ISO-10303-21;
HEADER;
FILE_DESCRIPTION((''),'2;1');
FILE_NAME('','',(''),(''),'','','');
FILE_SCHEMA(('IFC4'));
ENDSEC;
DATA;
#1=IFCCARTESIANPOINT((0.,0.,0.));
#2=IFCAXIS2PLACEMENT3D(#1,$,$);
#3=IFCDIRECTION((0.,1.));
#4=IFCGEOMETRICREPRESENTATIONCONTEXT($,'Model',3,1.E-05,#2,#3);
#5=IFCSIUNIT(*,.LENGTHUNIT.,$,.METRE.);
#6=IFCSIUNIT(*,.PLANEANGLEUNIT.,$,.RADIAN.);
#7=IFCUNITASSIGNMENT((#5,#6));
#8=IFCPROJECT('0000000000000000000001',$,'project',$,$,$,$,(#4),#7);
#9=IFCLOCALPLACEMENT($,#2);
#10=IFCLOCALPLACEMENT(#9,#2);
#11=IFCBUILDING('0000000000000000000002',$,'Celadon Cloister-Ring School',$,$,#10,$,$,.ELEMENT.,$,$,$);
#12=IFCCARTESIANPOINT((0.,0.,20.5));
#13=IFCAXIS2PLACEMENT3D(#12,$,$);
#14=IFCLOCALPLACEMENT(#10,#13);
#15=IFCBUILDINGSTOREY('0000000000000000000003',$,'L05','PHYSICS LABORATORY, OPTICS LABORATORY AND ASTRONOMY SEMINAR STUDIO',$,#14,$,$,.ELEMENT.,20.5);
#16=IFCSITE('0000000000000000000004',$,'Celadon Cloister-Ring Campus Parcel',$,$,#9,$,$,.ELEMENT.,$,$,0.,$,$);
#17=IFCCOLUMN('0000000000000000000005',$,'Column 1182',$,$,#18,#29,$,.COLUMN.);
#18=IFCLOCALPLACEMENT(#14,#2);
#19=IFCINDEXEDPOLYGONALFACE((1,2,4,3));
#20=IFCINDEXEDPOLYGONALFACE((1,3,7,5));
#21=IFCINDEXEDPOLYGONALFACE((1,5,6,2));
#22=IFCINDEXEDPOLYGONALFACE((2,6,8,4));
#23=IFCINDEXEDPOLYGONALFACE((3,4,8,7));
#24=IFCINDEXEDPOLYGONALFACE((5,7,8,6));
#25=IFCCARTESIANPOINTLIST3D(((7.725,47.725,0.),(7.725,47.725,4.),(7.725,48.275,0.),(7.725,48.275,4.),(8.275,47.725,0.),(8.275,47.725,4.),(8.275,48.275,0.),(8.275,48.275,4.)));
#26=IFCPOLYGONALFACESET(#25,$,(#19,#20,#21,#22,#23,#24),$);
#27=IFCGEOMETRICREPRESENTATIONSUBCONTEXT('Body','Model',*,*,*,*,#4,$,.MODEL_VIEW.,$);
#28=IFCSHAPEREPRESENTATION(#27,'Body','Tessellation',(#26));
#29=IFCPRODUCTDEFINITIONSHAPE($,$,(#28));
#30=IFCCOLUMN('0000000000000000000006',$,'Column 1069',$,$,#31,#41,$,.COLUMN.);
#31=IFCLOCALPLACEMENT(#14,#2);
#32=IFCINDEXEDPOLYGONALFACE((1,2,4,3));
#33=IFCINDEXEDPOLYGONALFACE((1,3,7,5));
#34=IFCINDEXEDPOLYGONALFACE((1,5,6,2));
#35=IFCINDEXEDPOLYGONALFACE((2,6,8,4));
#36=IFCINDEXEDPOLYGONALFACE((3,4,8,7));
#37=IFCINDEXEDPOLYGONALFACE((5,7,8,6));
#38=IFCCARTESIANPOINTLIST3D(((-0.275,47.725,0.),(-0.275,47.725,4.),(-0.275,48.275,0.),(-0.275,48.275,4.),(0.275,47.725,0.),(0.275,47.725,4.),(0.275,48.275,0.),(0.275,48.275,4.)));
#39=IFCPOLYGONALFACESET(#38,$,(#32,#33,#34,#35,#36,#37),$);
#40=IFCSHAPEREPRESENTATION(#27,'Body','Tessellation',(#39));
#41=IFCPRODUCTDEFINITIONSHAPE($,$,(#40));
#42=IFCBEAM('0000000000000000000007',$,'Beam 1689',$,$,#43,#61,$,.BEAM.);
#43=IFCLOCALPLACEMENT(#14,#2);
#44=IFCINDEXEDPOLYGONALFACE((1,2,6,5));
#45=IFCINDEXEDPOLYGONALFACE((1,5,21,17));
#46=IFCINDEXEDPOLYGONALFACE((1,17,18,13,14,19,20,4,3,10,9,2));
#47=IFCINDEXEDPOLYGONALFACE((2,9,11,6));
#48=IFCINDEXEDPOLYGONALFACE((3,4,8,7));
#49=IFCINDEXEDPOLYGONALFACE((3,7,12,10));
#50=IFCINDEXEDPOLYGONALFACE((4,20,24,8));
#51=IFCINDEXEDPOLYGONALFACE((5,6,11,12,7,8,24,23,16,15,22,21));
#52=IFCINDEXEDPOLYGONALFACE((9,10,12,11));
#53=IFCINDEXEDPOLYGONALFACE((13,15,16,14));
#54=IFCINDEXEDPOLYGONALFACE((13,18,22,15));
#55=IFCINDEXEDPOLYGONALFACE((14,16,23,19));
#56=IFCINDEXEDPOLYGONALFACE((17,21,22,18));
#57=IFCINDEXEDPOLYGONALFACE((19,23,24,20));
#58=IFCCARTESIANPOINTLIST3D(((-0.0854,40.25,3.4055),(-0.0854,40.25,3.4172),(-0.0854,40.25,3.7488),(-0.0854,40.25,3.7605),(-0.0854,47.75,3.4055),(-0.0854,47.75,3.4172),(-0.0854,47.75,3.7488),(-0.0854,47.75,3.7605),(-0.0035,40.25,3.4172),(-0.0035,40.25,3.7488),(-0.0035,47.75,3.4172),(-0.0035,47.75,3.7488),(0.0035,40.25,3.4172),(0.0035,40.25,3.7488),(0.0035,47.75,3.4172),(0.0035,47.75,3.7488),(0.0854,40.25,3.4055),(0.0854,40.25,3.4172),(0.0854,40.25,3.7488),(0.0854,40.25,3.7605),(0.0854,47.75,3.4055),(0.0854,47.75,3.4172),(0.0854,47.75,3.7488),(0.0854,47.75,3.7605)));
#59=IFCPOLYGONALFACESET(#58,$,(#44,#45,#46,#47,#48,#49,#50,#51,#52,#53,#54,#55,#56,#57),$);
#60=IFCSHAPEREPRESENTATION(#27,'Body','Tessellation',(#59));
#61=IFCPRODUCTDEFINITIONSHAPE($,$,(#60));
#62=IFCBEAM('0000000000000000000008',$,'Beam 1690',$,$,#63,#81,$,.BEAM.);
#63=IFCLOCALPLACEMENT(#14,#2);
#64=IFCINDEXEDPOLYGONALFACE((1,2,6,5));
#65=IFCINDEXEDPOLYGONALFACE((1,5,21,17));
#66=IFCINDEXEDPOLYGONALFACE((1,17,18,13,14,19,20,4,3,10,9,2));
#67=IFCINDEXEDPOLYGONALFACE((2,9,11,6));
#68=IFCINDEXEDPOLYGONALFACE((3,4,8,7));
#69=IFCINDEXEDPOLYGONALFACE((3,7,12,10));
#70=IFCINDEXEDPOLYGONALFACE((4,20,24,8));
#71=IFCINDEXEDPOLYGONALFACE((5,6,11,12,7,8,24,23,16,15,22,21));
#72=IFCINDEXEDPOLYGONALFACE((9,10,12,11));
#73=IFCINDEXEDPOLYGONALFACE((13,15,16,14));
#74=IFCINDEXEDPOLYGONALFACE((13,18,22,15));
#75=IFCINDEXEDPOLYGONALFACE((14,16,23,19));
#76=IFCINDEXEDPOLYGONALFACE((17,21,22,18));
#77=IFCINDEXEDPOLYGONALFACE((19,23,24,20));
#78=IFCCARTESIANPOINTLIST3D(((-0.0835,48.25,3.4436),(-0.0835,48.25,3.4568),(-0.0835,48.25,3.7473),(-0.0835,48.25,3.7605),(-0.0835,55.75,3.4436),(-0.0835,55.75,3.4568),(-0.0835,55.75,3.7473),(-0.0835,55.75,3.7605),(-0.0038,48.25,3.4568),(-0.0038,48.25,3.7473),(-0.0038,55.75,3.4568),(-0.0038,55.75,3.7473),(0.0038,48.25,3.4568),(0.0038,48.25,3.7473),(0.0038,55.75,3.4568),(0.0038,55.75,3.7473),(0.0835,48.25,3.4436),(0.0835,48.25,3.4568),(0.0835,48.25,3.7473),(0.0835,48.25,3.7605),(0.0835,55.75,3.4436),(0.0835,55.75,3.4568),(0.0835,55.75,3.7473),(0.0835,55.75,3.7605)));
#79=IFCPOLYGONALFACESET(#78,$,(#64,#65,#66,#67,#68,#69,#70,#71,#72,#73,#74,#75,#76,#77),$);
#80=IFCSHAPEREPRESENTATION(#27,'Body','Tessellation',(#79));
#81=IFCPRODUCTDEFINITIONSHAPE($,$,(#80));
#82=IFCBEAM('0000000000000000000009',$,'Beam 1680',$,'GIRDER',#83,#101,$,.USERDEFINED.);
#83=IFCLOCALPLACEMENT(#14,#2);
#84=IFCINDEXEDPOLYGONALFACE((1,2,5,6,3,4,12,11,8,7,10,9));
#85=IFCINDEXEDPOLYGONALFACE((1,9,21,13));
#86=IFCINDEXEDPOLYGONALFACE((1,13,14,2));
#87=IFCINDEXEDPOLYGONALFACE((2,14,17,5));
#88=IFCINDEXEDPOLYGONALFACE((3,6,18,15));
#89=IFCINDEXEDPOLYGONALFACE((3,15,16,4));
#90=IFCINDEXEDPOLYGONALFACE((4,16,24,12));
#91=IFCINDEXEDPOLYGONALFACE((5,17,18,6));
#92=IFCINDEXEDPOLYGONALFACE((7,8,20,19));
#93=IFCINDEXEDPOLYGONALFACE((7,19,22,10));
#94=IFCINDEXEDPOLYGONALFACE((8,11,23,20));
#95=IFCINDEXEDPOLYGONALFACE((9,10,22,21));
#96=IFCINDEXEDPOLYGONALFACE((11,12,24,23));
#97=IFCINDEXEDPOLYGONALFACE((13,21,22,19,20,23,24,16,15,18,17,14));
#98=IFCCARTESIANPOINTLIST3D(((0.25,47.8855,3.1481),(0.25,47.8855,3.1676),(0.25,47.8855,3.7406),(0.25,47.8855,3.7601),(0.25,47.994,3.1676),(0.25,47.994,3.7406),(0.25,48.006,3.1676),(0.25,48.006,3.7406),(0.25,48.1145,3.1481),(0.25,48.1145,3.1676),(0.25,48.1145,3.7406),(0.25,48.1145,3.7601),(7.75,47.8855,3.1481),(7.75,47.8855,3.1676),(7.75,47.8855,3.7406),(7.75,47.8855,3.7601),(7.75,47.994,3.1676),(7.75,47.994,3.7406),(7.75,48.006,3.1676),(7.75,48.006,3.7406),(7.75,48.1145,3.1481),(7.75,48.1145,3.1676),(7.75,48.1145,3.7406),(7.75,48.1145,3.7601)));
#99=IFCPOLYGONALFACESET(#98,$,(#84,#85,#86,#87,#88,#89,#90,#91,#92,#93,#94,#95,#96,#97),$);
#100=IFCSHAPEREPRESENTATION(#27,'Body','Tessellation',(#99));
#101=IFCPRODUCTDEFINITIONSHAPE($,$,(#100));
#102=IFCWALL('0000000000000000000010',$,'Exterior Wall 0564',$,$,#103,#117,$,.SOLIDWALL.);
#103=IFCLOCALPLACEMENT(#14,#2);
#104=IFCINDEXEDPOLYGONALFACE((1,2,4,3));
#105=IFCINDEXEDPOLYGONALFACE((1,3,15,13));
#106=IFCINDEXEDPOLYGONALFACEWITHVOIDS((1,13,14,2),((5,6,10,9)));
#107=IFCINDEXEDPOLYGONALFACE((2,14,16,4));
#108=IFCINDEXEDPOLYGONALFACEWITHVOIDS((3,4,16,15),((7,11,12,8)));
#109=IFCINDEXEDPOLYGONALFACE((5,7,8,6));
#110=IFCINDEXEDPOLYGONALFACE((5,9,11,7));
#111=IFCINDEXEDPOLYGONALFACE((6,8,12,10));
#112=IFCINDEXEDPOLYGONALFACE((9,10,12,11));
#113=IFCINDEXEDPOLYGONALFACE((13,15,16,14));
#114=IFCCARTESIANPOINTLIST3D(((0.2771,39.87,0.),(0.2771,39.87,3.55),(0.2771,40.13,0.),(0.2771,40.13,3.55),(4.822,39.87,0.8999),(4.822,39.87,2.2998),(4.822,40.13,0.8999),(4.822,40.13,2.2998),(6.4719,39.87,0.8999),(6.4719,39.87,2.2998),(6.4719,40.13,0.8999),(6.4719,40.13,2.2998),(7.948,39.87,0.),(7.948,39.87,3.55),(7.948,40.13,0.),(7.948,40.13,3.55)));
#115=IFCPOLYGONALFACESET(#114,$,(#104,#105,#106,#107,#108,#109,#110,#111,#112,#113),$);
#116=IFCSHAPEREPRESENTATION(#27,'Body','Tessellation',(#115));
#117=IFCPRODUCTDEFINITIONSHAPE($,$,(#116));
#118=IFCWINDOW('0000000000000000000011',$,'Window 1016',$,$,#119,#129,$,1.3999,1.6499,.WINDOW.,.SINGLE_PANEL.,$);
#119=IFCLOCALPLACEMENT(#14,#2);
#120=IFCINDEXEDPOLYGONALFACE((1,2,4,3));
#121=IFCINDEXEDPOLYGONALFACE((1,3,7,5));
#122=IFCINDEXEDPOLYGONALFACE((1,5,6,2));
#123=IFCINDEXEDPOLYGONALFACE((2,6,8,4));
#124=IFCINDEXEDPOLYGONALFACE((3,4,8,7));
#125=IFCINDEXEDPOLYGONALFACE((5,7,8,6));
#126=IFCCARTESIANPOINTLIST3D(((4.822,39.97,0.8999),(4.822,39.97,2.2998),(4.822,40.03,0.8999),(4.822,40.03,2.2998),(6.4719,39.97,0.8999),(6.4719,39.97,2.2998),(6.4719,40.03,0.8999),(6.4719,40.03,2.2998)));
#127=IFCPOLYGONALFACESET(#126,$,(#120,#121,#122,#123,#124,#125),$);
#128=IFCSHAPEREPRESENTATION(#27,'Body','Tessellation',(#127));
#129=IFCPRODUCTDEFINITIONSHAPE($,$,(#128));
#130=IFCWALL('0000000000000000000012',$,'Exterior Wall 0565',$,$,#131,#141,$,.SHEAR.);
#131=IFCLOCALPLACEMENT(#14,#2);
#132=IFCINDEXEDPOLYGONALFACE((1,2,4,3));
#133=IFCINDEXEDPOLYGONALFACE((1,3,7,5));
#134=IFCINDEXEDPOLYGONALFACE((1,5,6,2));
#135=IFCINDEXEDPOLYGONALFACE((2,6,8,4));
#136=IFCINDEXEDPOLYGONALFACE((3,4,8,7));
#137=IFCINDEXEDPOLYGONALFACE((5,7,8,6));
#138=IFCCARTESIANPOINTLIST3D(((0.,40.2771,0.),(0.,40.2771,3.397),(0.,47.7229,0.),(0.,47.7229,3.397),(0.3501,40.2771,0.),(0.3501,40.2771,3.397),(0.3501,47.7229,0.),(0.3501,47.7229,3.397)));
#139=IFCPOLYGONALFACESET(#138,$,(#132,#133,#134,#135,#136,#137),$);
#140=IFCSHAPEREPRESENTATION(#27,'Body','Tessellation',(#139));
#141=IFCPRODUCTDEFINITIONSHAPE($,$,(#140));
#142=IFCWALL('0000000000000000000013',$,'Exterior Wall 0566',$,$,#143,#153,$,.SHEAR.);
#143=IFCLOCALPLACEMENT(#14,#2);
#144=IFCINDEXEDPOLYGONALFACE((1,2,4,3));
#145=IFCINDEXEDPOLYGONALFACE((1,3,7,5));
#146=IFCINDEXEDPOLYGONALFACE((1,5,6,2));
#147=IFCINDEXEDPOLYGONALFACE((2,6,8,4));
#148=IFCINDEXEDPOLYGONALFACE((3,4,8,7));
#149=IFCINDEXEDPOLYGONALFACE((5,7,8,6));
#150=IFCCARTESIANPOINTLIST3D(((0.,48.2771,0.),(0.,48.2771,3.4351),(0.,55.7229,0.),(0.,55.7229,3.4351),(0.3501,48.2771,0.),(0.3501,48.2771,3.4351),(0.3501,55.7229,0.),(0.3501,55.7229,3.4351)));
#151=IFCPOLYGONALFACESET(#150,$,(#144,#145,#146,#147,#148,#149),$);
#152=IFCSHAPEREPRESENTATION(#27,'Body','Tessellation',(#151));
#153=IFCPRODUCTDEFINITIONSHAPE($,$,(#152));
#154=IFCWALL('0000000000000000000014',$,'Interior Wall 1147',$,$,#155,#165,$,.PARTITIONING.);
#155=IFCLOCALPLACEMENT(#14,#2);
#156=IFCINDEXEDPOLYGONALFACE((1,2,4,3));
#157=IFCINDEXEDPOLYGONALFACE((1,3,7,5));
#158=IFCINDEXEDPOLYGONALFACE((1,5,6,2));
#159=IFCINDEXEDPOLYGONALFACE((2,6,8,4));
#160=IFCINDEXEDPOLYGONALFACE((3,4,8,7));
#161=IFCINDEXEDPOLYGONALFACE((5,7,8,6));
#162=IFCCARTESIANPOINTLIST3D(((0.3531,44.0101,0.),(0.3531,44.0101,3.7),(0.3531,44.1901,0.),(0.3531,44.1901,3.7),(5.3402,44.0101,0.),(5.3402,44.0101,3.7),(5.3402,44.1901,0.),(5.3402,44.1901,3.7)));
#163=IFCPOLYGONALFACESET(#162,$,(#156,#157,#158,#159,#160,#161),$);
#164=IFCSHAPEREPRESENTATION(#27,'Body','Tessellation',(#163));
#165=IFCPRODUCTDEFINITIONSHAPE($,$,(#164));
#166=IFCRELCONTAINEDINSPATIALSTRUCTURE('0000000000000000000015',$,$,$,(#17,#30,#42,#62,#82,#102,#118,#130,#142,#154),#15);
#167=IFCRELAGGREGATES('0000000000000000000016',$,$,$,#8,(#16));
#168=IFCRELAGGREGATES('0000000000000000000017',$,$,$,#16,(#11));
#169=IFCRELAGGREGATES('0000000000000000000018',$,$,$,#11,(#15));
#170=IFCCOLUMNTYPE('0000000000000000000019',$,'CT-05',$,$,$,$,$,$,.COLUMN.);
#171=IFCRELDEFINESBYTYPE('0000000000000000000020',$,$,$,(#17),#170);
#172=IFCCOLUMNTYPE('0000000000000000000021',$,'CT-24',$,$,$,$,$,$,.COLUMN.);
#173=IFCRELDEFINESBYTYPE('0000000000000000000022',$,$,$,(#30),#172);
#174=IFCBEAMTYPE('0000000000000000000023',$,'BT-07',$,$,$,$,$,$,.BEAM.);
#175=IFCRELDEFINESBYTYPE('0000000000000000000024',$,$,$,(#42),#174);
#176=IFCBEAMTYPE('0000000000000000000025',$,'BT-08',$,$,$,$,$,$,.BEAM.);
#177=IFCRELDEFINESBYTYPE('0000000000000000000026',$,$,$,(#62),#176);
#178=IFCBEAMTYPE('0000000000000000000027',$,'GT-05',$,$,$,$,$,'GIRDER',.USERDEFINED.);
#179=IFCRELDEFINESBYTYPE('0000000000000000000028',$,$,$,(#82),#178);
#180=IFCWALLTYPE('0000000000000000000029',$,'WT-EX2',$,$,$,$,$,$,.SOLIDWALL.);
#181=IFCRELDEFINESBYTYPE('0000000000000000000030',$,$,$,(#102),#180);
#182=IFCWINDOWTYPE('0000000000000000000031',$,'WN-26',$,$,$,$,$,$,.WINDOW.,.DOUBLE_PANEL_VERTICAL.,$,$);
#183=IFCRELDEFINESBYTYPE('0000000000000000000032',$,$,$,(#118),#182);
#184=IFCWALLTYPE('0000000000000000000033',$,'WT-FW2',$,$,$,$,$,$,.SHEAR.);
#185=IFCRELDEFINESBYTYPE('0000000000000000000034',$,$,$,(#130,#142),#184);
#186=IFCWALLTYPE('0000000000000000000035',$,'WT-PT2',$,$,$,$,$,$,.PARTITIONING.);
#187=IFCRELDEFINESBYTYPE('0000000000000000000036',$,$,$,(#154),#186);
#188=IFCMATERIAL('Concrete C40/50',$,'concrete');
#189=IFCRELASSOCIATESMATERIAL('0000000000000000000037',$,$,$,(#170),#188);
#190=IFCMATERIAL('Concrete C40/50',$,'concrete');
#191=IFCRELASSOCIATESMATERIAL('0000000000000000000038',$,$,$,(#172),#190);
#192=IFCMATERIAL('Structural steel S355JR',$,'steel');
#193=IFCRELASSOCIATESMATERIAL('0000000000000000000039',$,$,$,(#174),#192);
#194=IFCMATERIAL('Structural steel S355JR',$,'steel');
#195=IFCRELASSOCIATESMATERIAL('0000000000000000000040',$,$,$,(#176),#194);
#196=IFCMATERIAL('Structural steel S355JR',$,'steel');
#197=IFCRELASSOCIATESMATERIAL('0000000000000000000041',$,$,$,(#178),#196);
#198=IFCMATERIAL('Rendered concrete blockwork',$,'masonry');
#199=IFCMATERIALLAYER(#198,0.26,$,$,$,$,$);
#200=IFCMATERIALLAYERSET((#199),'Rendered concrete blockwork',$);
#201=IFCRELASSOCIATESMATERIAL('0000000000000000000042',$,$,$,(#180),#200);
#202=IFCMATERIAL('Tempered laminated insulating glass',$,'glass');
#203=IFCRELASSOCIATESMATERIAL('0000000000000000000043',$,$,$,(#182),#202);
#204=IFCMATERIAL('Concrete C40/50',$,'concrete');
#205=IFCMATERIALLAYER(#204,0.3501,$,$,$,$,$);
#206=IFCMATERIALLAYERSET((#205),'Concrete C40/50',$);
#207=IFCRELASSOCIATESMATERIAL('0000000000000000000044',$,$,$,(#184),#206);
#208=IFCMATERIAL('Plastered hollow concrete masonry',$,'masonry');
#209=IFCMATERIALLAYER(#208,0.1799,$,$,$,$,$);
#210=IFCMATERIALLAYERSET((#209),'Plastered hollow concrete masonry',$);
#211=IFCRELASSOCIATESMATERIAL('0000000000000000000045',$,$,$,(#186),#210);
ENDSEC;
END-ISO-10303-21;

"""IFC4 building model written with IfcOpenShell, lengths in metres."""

from ifc_helpers import new_model, si_unit, direction, frame, frame_2d, origin, origin_2d, place, context, subcontext, project, spatial, rectangle, i_section, extrude, material, layer, layer_set, material_profile, profile_set, type_object, element, fill, save


model = new_model("IFC4")

# Units and contexts
model_context = context("Model", 3, precision=1e-05, world=origin(), true_north=direction((0.0, 1.0)))
body_context = subcontext(model_context, "Body", "Model", "MODEL_VIEW")
ifc_project = project(units=[si_unit("LENGTHUNIT", "METRE"), si_unit("PLANEANGLEUNIT", "RADIAN")], contexts=[model_context])

# Site, building, storey
site_placement = place(None, origin())
site = spatial("IfcSite", under=ifc_project, at=site_placement, Name="Celadon Cloister-Ring Campus Parcel", CompositionType="ELEMENT", RefElevation=0.0)
building_placement = place(site_placement, origin())
building = spatial("IfcBuilding", under=site, at=building_placement, Name="Celadon Cloister-Ring School", CompositionType="ELEMENT")
storey_placement = place(building_placement, frame((0.0, 0.0, 20.5)))
storey = spatial("IfcBuildingStorey", under=building, at=storey_placement, Name="L05", Description="PHYSICS LABORATORY, OPTICS LABORATORY AND ASTRONOMY SEMINAR STUDIO", CompositionType="ELEMENT", Elevation=20.5)

# Columns
ifc_material_1 = material(Name="Concrete C40/50", Category="concrete")
ifc_material_profile_1 = material_profile(ifc_material_1, rectangle(XDim=0.55, YDim=0.55, at=origin_2d()), Name="RC550X550")
ifc_profile_set_1 = profile_set([ifc_material_profile_1], Name="Concrete C40/50")
column_type_1 = type_object("IfcColumnType", Name="CT-05", PredefinedType="COLUMN", material=ifc_profile_set_1)
column_1_placement = place(storey_placement, frame((8.0, 48.0, 0.0), z_axis=(0.0, 0.0, 1.0), x_axis=(1.0, 0.0, 0.0)))
element("IfcColumn", 1, at=column_1_placement, inside=storey, type_object=column_type_1, Name="Column 1182", PredefinedType="COLUMN", context=body_context, shape_type="SweptSolid", body=[
    extrude(rectangle(XDim=0.55, YDim=0.55, at=origin_2d()), origin(), (0.0, 0.0, 1.0), 4.0),
])
ifc_material_2 = material(Name="Concrete C40/50", Category="concrete")
ifc_material_profile_2 = material_profile(ifc_material_2, rectangle(XDim=0.55, YDim=0.55, at=origin_2d()), Name="RC550X550")
ifc_profile_set_2 = profile_set([ifc_material_profile_2], Name="Concrete C40/50")
column_type_2 = type_object("IfcColumnType", Name="CT-24", PredefinedType="COLUMN", material=ifc_profile_set_2)
column_2_placement = place(storey_placement, frame((0.0, 48.0, 0.0), z_axis=(0.0, 0.0, 1.0), x_axis=(1.0, 0.0, 0.0)))
element("IfcColumn", 2, at=column_2_placement, inside=storey, type_object=column_type_2, Name="Column 1069", PredefinedType="COLUMN", context=body_context, shape_type="SweptSolid", body=[
    extrude(rectangle(XDim=0.55, YDim=0.55, at=origin_2d()), origin(), (0.0, 0.0, 1.0), 4.0),
])

# Beams
ifc_material_3 = material(Name="Structural steel S355JR", Category="steel")
ifc_material_profile_3 = material_profile(ifc_material_3, i_section(OverallWidth=0.1709, OverallDepth=0.355, WebThickness=0.0071, FlangeThickness=0.0117, at=origin_2d()), Name="W360X51")
ifc_profile_set_3 = profile_set([ifc_material_profile_3], Name="Structural steel S355JR")
beam_type_1 = type_object("IfcBeamType", Name="BT-07", PredefinedType="BEAM", material=ifc_profile_set_3)
beam_1_placement = place(storey_placement, frame((0.0, 40.25, 3.583), z_axis=(0.0, 1.0, 0.0), x_axis=(-1.0, 0.0, 0.0)))
element("IfcBeam", 3, at=beam_1_placement, inside=storey, type_object=beam_type_1, Name="Beam 1689", PredefinedType="BEAM", context=body_context, shape_type="SweptSolid", body=[
    extrude(i_section(OverallWidth=0.1709, OverallDepth=0.355, WebThickness=0.0071, FlangeThickness=0.0117, at=origin_2d()), origin(), (0.0, 0.0, 1.0), 7.5),
])
ifc_material_4 = material(Name="Structural steel S355JR", Category="steel")
ifc_material_profile_4 = material_profile(ifc_material_4, i_section(OverallWidth=0.167, OverallDepth=0.3169, WebThickness=0.0076, FlangeThickness=0.0132, at=origin_2d()), Name="W310X52")
ifc_profile_set_4 = profile_set([ifc_material_profile_4], Name="Structural steel S355JR")
beam_type_2 = type_object("IfcBeamType", Name="BT-08", PredefinedType="BEAM", material=ifc_profile_set_4)
beam_2_placement = place(storey_placement, frame((0.0, 48.25, 3.6021), z_axis=(0.0, 1.0, 0.0), x_axis=(-1.0, 0.0, 0.0)))
element("IfcBeam", 4, at=beam_2_placement, inside=storey, type_object=beam_type_2, Name="Beam 1690", PredefinedType="BEAM", context=body_context, shape_type="SweptSolid", body=[
    extrude(i_section(OverallWidth=0.167, OverallDepth=0.3169, WebThickness=0.0076, FlangeThickness=0.0132, at=origin_2d()), origin(), (0.0, 0.0, 1.0), 7.5),
])
ifc_material_5 = material(Name="Structural steel S355JR", Category="steel")
ifc_material_profile_5 = material_profile(ifc_material_5, i_section(OverallWidth=0.229, OverallDepth=0.6121, WebThickness=0.012, FlangeThickness=0.0195, at=origin_2d()), Name="W610X125")
ifc_profile_set_5 = profile_set([ifc_material_profile_5], Name="Structural steel S355JR")
beam_type_3 = type_object("IfcBeamType", Name="GT-05", ElementType="GIRDER", PredefinedType="USERDEFINED", material=ifc_profile_set_5)
beam_3_placement = place(storey_placement, frame((0.25, 48.0, 3.4541), z_axis=(1.0, 0.0, 0.0), x_axis=(0.0, 1.0, 0.0)))
element("IfcBeam", 5, at=beam_3_placement, inside=storey, type_object=beam_type_3, Name="Beam 1680", ObjectType="GIRDER", PredefinedType="USERDEFINED", context=body_context, shape_type="SweptSolid", body=[
    extrude(i_section(OverallWidth=0.229, OverallDepth=0.6121, WebThickness=0.012, FlangeThickness=0.0195, at=origin_2d()), origin(), (0.0, 0.0, 1.0), 7.5),
])

# Wall, opening, window
ifc_material_6 = material(Name="Rendered concrete blockwork", Category="masonry")
ifc_layer_1 = layer(ifc_material_6, 0.26)
ifc_layer_set_1 = layer_set([ifc_layer_1], Name="Rendered concrete blockwork")
wall_type_1 = type_object("IfcWallType", Name="WT-EX2", PredefinedType="SOLIDWALL", material=ifc_layer_set_1)
wall_1_placement = place(storey_placement, frame((7.948, 40.0, 0.0), z_axis=(0.0, 0.0, 1.0), x_axis=(-1.0, 0.0, 0.0)))
wall_1 = element("IfcWall", 6, at=wall_1_placement, inside=storey, type_object=wall_type_1, Name="Exterior Wall 0564", PredefinedType="SOLIDWALL", context=body_context, shape_type="SweptSolid", body=[
    extrude(rectangle(XDim=7.6709, YDim=0.26, at=frame_2d((3.8354, 0.0))), origin(), (0.0, 0.0, 1.0), 3.55),
])
opening_1_placement = place(wall_1_placement, frame((1.4761, 0.0, 0.8999)))
opening_1 = element("IfcOpeningElement", 7, at=opening_1_placement, cuts=wall_1, PredefinedType="OPENING", context=body_context, shape_type="SweptSolid", body=[
    extrude(rectangle(XDim=1.6499, YDim=1.3999, at=frame_2d((0.825, 0.7))), frame((0.0, 0.1401, 0.0), z_axis=(0.0, -1.0, 0.0), x_axis=(1.0, 0.0, 0.0)), (0.0, 0.0, 1.0), 0.28),
])
ifc_material_7 = material(Name="Tempered laminated insulating glass", Category="glass")
window_type = type_object("IfcWindowType", Name="WN-26", PartitioningType="DOUBLE_PANEL_VERTICAL", PredefinedType="WINDOW", material=ifc_material_7)
window_placement = place(opening_1_placement, origin())
window = element("IfcWindow", 8, at=window_placement, inside=storey, type_object=window_type, Name="Window 1016", OverallHeight=1.3999, OverallWidth=1.6499, PartitioningType="SINGLE_PANEL", PredefinedType="WINDOW", context=body_context, shape_type="SweptSolid", body=[
    extrude(rectangle(XDim=1.6499, YDim=1.3999, at=frame_2d((0.825, 0.7))), frame((0.0, 0.03, 0.0), z_axis=(0.0, -1.0, 0.0), x_axis=(1.0, 0.0, 0.0)), (0.0, 0.0, 1.0), 0.0601),
])
fill(opening_1, window)

# Walls
ifc_material_8 = material(Name="Concrete C40/50", Category="concrete")
ifc_layer_2 = layer(ifc_material_8, 0.3501)
ifc_layer_set_2 = layer_set([ifc_layer_2], Name="Concrete C40/50")
wall_type_2 = type_object("IfcWallType", Name="WT-FW2", PredefinedType="SHEAR", material=ifc_layer_set_2)
wall_2_placement = place(storey_placement, frame((0.175, 40.2771, 0.0), z_axis=(0.0, 0.0, 1.0), x_axis=(0.0, 1.0, 0.0)))
element("IfcWall", 9, at=wall_2_placement, inside=storey, type_object=wall_type_2, Name="Exterior Wall 0565", PredefinedType="SHEAR", context=body_context, shape_type="SweptSolid", body=[
    extrude(rectangle(XDim=7.4458, YDim=0.3501, at=frame_2d((3.7229, 0.0))), origin(), (0.0, 0.0, 1.0), 3.397),
])
wall_3_placement = place(storey_placement, frame((0.175, 48.2771, 0.0), z_axis=(0.0, 0.0, 1.0), x_axis=(0.0, 1.0, 0.0)))
element("IfcWall", 10, at=wall_3_placement, inside=storey, type_object=wall_type_2, Name="Exterior Wall 0566", PredefinedType="SHEAR", context=body_context, shape_type="SweptSolid", body=[
    extrude(rectangle(XDim=7.4458, YDim=0.3501, at=frame_2d((3.7229, 0.0))), origin(), (0.0, 0.0, 1.0), 3.4351),
])
ifc_material_9 = material(Name="Plastered hollow concrete masonry", Category="masonry")
ifc_layer_3 = layer(ifc_material_9, 0.1799)
ifc_layer_set_3 = layer_set([ifc_layer_3], Name="Plastered hollow concrete masonry")
wall_type_3 = type_object("IfcWallType", Name="WT-PT2", PredefinedType="PARTITIONING", material=ifc_layer_set_3)
wall_4_placement = place(storey_placement, frame((0.353, 44.1001, 0.0), z_axis=(0.0, 0.0, 1.0), x_axis=(1.0, 0.0, 0.0)))
element("IfcWall", 11, at=wall_4_placement, inside=storey, type_object=wall_type_3, Name="Interior Wall 1147", PredefinedType="PARTITIONING", context=body_context, shape_type="SweptSolid", body=[
    extrude(rectangle(XDim=4.9871, YDim=0.1799, at=frame_2d((2.4937, 0.0))), origin(), (0.0, 0.0, 1.0), 3.7),
])

save(model, "model.ifc")
